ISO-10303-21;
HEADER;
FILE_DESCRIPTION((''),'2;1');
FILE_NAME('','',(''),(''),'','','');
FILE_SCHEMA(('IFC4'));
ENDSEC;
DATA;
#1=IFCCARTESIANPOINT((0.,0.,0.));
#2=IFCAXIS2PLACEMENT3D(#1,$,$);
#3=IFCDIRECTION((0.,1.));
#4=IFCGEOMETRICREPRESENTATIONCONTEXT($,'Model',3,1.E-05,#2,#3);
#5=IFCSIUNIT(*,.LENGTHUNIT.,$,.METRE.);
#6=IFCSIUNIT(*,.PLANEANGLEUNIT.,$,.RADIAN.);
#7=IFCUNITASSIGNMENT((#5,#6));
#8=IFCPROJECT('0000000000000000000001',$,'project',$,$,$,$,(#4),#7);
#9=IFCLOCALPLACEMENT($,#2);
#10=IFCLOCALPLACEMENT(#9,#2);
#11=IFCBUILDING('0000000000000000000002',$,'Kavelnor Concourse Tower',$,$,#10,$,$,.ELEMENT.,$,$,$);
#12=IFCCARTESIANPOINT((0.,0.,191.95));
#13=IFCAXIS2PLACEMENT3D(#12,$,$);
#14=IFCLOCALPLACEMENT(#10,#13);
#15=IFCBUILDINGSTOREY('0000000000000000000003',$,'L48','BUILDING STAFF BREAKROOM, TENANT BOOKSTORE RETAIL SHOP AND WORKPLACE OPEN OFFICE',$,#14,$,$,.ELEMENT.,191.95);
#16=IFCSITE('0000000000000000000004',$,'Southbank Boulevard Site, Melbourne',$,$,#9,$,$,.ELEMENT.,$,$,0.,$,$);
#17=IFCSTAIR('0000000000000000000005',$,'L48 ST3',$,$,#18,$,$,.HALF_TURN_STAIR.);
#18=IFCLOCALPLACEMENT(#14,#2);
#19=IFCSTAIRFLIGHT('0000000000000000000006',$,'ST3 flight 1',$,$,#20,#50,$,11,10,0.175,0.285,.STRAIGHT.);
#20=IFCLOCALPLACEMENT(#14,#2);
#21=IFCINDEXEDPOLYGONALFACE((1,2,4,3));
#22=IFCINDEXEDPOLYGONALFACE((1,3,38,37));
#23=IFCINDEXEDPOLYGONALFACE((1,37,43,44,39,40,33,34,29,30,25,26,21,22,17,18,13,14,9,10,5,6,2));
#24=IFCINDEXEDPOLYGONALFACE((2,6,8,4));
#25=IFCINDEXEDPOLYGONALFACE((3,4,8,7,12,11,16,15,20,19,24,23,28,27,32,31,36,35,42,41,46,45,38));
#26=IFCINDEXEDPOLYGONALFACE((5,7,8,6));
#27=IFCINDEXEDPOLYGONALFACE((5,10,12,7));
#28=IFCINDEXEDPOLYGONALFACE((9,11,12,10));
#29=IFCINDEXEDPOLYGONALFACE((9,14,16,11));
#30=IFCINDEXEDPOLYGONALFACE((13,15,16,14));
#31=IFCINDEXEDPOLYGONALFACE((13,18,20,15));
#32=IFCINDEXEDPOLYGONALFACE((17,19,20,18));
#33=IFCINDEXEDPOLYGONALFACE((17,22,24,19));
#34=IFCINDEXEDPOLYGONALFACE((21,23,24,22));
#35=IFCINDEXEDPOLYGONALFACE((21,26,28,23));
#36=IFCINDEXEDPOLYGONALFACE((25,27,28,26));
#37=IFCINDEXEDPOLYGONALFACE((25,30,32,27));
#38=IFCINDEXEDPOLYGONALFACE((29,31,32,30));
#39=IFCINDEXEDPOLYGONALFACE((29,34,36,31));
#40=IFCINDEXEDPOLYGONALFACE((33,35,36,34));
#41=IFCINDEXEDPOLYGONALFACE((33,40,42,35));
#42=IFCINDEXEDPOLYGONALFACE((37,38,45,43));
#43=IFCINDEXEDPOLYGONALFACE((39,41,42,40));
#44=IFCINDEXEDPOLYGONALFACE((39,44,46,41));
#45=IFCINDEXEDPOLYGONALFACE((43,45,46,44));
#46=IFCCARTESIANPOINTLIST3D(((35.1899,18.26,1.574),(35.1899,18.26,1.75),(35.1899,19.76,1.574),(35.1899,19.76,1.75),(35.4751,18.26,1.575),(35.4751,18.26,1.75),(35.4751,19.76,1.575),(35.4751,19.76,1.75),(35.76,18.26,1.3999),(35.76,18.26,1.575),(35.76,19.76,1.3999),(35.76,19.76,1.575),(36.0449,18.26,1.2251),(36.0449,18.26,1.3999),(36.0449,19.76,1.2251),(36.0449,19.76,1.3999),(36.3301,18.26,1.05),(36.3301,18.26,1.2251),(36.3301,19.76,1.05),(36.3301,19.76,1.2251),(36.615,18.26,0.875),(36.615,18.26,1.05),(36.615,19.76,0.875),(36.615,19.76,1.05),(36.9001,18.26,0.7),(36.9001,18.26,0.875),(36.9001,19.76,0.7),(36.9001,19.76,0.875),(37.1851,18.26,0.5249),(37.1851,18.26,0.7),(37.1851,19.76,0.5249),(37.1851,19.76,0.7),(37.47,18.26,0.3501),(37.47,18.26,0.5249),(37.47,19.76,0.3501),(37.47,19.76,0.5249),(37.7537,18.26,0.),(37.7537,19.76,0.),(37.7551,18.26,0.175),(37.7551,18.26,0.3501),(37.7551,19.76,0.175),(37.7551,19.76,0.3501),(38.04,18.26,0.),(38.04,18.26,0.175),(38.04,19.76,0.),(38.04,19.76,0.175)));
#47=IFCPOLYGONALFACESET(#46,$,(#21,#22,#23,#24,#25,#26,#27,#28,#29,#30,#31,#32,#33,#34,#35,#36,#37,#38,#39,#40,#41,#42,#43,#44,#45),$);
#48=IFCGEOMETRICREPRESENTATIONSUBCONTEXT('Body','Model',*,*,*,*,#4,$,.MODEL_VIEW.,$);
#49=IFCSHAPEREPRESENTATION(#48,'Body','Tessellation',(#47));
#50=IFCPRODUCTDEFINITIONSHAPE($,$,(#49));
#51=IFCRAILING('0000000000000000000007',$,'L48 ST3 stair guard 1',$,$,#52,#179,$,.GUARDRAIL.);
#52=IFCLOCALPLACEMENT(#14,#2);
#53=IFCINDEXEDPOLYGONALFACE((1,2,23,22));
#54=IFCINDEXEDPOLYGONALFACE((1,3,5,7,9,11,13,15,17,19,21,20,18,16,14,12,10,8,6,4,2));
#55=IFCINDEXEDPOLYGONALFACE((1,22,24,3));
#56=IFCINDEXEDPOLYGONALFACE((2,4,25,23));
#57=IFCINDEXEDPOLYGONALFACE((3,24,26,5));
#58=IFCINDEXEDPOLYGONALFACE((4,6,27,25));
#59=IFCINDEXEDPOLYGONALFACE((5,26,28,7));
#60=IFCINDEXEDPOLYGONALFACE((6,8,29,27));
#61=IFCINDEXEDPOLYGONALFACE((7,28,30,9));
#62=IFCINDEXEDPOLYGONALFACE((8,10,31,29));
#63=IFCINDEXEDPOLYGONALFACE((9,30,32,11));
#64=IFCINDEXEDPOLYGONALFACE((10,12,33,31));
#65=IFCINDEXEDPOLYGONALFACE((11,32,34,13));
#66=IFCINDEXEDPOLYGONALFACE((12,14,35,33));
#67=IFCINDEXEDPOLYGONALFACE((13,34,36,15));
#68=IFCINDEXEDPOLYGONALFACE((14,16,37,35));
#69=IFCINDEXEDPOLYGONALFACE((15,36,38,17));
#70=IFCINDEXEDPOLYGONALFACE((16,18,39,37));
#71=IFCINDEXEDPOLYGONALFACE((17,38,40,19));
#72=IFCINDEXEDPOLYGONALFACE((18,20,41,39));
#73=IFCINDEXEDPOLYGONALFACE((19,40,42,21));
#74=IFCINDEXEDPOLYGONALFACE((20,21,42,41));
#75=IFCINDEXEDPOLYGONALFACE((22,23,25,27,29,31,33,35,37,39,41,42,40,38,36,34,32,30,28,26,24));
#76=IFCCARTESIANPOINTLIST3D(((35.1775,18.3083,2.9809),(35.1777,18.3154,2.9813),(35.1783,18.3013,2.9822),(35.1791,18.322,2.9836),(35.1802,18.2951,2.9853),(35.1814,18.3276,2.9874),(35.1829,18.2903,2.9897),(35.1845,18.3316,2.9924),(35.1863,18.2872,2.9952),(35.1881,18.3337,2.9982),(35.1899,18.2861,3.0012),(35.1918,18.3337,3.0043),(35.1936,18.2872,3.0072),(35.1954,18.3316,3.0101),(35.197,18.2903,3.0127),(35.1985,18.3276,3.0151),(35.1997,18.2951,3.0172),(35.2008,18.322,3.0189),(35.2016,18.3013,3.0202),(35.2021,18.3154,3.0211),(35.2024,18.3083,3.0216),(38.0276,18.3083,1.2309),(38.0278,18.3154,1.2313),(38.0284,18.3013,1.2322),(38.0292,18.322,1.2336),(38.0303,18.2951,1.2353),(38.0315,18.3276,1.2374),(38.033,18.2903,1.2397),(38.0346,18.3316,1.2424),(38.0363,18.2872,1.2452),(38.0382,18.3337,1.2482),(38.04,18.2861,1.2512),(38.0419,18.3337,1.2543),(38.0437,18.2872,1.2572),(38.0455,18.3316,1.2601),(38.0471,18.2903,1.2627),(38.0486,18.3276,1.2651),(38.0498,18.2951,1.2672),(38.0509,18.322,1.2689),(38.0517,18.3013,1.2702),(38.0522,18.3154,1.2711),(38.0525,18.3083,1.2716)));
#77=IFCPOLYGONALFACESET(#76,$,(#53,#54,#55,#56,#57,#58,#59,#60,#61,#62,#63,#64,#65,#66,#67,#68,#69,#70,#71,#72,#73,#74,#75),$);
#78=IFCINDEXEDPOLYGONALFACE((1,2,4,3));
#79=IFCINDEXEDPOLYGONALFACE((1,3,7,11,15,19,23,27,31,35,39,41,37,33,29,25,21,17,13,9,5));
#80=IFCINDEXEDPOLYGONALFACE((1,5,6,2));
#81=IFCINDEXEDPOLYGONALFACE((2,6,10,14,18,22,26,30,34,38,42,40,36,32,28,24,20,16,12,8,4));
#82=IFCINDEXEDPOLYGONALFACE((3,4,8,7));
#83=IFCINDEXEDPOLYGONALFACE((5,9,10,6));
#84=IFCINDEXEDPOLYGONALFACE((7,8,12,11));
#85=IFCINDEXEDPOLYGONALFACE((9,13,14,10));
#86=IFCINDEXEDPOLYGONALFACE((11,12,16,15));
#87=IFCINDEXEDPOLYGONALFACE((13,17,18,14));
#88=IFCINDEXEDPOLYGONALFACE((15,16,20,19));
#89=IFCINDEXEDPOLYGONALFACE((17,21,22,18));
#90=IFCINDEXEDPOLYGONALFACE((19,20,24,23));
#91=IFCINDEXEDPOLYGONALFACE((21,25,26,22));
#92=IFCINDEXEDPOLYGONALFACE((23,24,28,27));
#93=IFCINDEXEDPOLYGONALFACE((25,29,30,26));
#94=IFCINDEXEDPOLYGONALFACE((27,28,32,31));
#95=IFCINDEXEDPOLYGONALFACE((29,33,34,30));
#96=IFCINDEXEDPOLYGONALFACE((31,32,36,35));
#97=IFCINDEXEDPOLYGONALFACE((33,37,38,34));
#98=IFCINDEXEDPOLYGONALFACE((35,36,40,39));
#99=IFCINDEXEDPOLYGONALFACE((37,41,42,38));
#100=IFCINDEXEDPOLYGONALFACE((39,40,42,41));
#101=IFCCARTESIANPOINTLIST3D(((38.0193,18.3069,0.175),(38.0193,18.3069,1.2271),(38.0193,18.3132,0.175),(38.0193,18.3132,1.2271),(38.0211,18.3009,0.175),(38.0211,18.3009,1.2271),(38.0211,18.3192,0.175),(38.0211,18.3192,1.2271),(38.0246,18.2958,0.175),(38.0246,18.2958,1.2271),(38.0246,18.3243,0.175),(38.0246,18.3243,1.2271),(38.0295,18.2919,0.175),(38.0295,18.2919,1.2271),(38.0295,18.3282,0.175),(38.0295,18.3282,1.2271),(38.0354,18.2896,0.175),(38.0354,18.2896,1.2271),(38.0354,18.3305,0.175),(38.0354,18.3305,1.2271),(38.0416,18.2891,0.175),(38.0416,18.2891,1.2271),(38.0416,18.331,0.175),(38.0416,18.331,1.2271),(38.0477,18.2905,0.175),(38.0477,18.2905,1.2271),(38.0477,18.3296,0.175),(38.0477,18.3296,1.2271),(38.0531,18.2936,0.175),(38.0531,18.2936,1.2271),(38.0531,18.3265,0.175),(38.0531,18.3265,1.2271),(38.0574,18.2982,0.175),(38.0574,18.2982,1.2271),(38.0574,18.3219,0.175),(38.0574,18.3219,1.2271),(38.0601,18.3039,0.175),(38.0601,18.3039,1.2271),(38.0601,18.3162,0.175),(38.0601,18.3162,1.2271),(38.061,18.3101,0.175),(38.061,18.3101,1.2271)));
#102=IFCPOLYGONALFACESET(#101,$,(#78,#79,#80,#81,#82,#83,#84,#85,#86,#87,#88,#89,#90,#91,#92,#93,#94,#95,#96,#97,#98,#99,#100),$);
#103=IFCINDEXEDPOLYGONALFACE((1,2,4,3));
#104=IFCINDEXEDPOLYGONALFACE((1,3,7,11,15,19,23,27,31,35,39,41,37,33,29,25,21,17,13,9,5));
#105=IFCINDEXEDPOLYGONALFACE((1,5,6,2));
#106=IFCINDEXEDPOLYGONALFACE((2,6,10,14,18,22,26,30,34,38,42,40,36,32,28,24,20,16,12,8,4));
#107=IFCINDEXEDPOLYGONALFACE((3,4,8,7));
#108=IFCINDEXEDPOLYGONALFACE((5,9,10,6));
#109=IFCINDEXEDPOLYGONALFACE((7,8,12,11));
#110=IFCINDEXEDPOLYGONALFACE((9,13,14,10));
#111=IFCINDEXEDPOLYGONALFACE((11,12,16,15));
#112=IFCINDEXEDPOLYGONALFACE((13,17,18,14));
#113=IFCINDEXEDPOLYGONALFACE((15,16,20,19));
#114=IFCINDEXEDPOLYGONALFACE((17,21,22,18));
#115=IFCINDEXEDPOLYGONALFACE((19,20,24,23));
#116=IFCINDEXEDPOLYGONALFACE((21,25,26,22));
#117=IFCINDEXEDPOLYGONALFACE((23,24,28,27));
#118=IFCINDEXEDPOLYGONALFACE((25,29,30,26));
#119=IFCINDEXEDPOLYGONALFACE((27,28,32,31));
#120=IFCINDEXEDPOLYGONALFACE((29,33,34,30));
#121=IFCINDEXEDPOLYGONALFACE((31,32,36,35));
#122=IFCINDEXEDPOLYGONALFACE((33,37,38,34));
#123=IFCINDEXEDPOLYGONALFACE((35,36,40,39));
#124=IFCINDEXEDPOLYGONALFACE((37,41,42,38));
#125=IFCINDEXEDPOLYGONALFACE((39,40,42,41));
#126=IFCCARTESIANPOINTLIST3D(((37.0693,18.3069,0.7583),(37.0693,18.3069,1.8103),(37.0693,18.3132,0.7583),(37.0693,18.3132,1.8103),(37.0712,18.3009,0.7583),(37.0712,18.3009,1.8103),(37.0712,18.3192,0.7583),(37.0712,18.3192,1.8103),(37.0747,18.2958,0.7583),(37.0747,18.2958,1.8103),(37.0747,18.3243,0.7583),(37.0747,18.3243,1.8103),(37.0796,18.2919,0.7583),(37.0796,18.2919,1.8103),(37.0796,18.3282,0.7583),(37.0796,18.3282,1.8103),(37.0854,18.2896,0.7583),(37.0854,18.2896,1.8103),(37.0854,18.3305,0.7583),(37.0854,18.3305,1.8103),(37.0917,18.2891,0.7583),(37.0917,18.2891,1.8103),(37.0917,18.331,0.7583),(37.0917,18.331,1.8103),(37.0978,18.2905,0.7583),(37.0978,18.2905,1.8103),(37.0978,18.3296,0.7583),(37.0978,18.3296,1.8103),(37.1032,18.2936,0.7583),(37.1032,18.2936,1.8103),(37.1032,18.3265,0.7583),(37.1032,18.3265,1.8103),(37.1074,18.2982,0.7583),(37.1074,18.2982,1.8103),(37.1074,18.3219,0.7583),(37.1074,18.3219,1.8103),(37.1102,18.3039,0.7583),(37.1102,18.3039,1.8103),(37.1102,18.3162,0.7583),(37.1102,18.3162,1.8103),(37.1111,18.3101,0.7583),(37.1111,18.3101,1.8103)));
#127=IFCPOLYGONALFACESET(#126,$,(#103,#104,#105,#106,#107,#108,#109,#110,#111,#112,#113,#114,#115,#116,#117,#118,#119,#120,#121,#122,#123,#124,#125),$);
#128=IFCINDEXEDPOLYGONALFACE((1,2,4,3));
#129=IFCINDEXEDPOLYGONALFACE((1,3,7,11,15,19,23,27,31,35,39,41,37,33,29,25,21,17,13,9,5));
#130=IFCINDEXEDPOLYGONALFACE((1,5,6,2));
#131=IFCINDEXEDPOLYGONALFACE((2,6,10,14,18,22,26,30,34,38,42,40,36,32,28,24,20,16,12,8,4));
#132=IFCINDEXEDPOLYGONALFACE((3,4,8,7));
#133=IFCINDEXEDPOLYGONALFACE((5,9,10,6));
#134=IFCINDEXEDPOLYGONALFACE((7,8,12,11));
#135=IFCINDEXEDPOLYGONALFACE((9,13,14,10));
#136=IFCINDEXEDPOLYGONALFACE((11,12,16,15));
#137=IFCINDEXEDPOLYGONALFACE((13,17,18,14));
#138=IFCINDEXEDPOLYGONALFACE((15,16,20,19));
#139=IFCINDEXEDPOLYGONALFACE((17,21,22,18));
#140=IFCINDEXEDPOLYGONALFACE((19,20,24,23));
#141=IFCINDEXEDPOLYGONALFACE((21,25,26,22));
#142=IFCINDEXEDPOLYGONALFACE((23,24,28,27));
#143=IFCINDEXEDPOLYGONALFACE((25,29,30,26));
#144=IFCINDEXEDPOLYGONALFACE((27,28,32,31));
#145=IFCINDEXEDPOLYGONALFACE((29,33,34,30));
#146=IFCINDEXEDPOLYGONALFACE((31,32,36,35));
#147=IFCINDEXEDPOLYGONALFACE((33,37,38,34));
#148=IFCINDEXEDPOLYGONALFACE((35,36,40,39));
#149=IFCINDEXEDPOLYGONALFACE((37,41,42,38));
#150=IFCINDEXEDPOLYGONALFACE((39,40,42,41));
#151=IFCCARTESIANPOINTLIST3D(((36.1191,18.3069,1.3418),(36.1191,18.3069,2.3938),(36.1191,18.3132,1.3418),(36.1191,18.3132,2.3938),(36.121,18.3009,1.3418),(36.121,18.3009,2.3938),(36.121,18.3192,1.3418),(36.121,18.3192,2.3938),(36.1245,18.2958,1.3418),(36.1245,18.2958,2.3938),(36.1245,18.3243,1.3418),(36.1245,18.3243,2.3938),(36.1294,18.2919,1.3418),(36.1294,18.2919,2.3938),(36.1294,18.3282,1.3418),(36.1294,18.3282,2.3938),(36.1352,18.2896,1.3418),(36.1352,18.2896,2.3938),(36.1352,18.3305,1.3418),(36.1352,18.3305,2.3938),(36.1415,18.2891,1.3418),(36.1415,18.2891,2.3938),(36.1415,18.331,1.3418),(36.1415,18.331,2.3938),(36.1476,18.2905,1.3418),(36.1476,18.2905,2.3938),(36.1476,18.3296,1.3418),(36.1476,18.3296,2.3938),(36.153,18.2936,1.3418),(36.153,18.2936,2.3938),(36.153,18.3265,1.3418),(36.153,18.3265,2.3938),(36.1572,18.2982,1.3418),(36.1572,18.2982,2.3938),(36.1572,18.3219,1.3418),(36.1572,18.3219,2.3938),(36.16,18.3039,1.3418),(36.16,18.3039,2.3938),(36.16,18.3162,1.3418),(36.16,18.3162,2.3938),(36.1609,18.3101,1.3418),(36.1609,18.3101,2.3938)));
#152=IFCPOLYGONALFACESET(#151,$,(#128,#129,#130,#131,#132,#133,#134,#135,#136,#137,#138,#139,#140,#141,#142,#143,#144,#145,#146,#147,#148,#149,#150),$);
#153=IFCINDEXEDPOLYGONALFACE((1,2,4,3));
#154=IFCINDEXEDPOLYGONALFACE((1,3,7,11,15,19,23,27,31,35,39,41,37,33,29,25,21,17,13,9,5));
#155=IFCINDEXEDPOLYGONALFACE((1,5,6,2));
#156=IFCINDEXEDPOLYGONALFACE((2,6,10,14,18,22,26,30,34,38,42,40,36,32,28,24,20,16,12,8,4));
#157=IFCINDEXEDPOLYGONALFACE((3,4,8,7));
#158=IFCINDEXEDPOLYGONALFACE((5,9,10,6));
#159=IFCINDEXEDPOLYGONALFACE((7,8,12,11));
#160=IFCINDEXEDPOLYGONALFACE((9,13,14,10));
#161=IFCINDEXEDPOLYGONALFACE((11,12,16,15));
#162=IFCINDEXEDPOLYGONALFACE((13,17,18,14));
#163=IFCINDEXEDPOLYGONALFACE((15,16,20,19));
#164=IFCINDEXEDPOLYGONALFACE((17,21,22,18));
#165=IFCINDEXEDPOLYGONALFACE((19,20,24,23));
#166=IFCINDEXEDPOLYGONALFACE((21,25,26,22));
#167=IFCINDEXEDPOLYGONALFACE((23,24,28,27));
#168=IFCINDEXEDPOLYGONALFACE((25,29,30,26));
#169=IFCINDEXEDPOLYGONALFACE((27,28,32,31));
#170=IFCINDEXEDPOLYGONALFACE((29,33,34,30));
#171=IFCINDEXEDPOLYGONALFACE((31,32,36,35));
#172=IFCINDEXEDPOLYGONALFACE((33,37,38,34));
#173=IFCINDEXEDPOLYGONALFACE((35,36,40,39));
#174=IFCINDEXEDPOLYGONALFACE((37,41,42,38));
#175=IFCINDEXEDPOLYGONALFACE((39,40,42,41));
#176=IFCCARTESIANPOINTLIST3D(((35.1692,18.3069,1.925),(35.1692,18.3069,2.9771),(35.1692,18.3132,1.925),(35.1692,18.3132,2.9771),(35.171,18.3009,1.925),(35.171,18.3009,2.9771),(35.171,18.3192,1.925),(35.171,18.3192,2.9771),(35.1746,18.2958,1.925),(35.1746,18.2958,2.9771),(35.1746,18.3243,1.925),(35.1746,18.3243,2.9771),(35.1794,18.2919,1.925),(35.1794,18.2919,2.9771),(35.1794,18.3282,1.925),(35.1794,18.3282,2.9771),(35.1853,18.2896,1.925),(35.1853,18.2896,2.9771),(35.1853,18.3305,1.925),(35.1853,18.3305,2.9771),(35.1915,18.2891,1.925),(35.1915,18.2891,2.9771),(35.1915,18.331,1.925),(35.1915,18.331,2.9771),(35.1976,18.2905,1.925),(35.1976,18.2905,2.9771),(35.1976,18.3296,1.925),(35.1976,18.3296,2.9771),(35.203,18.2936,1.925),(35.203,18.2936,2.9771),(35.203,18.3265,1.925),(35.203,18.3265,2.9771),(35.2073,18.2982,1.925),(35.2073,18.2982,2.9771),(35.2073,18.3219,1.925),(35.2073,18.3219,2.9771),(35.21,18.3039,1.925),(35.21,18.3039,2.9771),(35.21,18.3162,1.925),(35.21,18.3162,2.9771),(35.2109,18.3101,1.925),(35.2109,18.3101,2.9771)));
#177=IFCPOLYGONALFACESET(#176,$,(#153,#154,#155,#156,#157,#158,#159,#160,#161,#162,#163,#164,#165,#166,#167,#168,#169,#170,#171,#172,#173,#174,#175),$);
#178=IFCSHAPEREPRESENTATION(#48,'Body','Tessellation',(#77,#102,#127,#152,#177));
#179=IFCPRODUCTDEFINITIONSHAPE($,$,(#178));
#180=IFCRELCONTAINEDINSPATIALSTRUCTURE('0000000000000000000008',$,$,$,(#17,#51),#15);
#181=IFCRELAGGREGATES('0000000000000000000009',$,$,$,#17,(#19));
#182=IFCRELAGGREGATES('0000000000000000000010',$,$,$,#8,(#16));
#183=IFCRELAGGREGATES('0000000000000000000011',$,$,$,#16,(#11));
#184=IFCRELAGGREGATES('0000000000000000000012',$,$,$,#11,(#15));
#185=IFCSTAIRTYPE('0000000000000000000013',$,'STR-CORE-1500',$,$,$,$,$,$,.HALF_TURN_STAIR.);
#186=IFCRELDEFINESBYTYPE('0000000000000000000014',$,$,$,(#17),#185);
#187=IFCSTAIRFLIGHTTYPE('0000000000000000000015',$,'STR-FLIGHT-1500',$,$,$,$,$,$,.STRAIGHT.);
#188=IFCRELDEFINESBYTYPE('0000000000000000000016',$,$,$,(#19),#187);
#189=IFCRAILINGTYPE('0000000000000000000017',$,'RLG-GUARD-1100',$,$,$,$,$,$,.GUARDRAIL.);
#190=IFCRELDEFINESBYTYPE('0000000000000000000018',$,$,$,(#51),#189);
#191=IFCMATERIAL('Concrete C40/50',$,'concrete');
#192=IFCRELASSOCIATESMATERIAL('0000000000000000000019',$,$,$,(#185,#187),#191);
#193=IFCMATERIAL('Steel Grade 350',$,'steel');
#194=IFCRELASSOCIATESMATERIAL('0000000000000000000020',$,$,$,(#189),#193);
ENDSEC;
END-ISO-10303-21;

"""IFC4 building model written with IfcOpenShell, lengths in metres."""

from ifc_helpers import new_model, si_unit, direction, frame, origin, origin_2d, place, context, subcontext, project, spatial, polyline, circle, outline, extrude, material, type_object, element, aggregate, save


model = new_model("IFC4")

# Units and contexts
model_context = context("Model", 3, precision=1e-05, world=origin(), true_north=direction((0.0, 1.0)))
body_context = subcontext(model_context, "Body", "Model", "MODEL_VIEW")
ifc_project = project(units=[si_unit("LENGTHUNIT", "METRE"), si_unit("PLANEANGLEUNIT", "RADIAN")], contexts=[model_context])

# Site, building, storey
site_placement = place(None, origin())
site = spatial("IfcSite", under=ifc_project, at=site_placement, Name="Southbank Boulevard Site, Melbourne", CompositionType="ELEMENT", RefElevation=0.0)
building_placement = place(site_placement, origin())
building = spatial("IfcBuilding", under=site, at=building_placement, Name="Kavelnor Concourse Tower", CompositionType="ELEMENT")
storey_placement = place(building_placement, frame((0.0, 0.0, 191.95)))
storey = spatial("IfcBuildingStorey", under=building, at=storey_placement, Name="L48", Description="BUILDING STAFF BREAKROOM, TENANT BOOKSTORE RETAIL SHOP AND WORKPLACE OPEN OFFICE", CompositionType="ELEMENT", Elevation=191.95)

# Shared definitions
ifc_material_1 = material(Name="Steel Grade 350", Category="steel")

# Stair, stair flight
ifc_material_2 = material(Name="Concrete C40/50", Category="concrete")
stair_type = type_object("IfcStairType", Name="STR-CORE-1500", PredefinedType="HALF_TURN_STAIR", material=ifc_material_2)
stair_placement = place(storey_placement, origin())
stair = element("IfcStair", 1, at=stair_placement, inside=storey, type_object=stair_type, Name="L48 ST3", PredefinedType="HALF_TURN_STAIR")
stair_flight_type = type_object("IfcStairFlightType", Name="STR-FLIGHT-1500", PredefinedType="STRAIGHT", material=ifc_material_2)
stair_flight_placement = place(storey_placement, frame((38.04, 19.01, 0.0), z_axis=(0.0, 0.0, 1.0), x_axis=(-1.0, 0.0, 0.0)))
stair_flight = element("IfcStairFlight", 2, at=stair_flight_placement, type_object=stair_flight_type, Name="ST3 flight 1", NumberOfRisers=11, NumberOfTreads=10, PredefinedType="STRAIGHT", RiserHeight=0.175, TreadLength=0.285, context=body_context, shape_type="SweptSolid", body=[
    extrude(outline(polyline([(0.0, 0.0), (0.0, 0.175), (0.2849, 0.175), (0.2849, 0.3501), (0.5701, 0.3501), (0.5701, 0.5249), (0.855, 0.5249), (0.855, 0.7), (1.1399, 0.7), (1.1399, 0.875), (1.425, 0.875), (1.425, 1.05), (1.71, 1.05), (1.71, 1.2251), (1.9951, 1.2251), (1.9951, 1.3999), (2.28, 1.3999), (2.28, 1.575), (2.5649, 1.575), (2.5649, 1.75), (2.8501, 1.75), (2.8501, 1.925), (2.8501, 1.574), (0.2864, 0.0), (0.0, 0.0)])), frame((0.0, 0.75, 0.0), z_axis=(0.0, -1.0, 0.0), x_axis=(1.0, 0.0, 0.0)), (0.0, 0.0, 1.0), 1.5),
])
aggregate(stair, [stair_flight])

# Railing
railing_type_1 = type_object("IfcRailingType", Name="RLG-GUARD-1100", PredefinedType="GUARDRAIL", material=ifc_material_1)
railing_1_placement = place(storey_placement, frame((38.04, 18.3101, 0.175)))
element("IfcRailing", 3, at=railing_1_placement, inside=storey, type_object=railing_type_1, Name="L48 ST3 stair guard 1", PredefinedType="GUARDRAIL", context=body_context, shape_type="SweptSolid", body=[
    extrude(circle(Radius=0.0239, at=origin_2d()), frame((0.0, 0.0, 1.0762), z_axis=(-0.852179, 0.0, 0.52325), x_axis=(0.0, -1.0, 0.0)), (0.0, 0.0, 1.0), 3.3445),
    extrude(circle(Radius=0.021, at=origin_2d()), origin(), (0.0, 0.0, 1.0), 1.052),
    extrude(circle(Radius=0.021, at=origin_2d()), frame((-0.95, 0.0, 0.5833)), (0.0, 0.0, 1.0), 1.052),
    extrude(circle(Radius=0.021, at=origin_2d()), frame((-1.9001, 0.0, 1.1667)), (0.0, 0.0, 1.0), 1.052),
    extrude(circle(Radius=0.021, at=origin_2d()), frame((-2.8501, 0.0, 1.75)), (0.0, 0.0, 1.0), 1.052),
])

save(model, "model.ifc")
